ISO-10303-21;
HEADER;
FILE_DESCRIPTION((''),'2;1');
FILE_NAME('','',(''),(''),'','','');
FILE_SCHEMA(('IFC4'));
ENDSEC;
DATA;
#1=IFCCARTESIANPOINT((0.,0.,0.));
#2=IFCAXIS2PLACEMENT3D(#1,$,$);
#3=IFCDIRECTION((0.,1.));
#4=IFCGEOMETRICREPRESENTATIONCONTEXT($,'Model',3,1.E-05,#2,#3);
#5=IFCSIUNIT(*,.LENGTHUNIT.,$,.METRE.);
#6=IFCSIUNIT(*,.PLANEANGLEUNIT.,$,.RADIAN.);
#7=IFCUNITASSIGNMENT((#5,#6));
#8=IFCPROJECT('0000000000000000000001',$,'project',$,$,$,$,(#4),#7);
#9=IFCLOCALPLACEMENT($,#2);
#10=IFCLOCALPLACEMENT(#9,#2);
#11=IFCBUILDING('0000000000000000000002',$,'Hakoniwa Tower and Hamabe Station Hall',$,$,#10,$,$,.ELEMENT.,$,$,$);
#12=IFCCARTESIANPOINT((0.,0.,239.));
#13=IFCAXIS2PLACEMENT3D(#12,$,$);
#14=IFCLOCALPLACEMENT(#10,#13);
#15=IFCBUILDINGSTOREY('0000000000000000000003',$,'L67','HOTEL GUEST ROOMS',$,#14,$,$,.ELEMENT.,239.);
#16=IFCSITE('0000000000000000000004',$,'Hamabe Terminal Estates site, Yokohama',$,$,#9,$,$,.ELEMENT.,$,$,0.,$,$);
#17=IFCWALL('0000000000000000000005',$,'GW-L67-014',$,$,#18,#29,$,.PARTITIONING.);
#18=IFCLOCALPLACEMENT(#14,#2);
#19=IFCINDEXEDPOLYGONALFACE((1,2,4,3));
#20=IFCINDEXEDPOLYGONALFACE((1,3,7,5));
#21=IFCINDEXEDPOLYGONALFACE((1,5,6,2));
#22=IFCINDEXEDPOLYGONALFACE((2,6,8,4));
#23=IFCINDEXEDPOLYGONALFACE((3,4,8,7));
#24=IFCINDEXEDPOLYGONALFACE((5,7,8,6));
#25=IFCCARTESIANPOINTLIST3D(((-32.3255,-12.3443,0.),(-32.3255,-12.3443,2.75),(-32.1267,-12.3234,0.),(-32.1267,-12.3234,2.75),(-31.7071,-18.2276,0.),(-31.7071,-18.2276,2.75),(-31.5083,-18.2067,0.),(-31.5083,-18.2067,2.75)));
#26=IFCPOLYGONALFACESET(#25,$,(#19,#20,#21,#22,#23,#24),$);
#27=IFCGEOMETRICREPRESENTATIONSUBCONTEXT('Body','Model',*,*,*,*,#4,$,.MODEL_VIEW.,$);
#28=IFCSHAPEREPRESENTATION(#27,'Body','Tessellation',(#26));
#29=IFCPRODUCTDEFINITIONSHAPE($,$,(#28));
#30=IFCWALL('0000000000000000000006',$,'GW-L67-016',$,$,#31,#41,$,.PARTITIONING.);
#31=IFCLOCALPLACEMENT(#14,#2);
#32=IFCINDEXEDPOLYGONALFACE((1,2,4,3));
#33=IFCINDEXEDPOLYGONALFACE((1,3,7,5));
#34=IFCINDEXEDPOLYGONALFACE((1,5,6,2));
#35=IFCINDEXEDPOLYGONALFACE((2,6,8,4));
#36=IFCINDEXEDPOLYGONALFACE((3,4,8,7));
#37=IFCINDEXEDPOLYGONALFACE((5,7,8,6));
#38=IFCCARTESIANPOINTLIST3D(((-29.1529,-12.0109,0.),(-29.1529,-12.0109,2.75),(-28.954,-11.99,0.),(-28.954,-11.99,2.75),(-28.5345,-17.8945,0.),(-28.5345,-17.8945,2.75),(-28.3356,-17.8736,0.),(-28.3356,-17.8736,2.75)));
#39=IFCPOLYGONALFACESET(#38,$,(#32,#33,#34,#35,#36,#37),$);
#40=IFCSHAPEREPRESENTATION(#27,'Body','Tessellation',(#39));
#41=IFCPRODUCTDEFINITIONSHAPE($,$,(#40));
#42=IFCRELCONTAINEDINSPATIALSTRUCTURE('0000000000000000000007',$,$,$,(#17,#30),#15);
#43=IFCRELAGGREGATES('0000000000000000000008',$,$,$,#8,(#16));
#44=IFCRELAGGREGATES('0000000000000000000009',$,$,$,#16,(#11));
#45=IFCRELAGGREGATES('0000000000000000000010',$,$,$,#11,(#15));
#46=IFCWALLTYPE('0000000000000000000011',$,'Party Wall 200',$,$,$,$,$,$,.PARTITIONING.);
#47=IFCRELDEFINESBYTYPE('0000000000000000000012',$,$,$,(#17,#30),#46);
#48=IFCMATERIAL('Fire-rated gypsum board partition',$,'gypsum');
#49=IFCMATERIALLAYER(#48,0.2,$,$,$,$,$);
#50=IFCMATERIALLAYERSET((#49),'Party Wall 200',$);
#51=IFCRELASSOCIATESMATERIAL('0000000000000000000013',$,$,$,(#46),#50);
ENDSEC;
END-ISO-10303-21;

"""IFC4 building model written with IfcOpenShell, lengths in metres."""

from ifc_helpers import new_model, si_unit, direction, frame, frame_2d, origin, place, context, subcontext, project, spatial, rectangle, extrude, material, layer, layer_set, type_object, element, save


model = new_model("IFC4")

# Units and contexts
model_context = context("Model", 3, precision=1e-05, world=origin(), true_north=direction((0.0, 1.0)))
body_context = subcontext(model_context, "Body", "Model", "MODEL_VIEW")
ifc_project = project(units=[si_unit("LENGTHUNIT", "METRE"), si_unit("PLANEANGLEUNIT", "RADIAN")], contexts=[model_context])

# Site, building, storey
site_placement = place(None, origin())
site = spatial("IfcSite", under=ifc_project, at=site_placement, Name="Hamabe Terminal Estates site, Yokohama", CompositionType="ELEMENT", RefElevation=0.0)
building_placement = place(site_placement, origin())
building = spatial("IfcBuilding", under=site, at=building_placement, Name="Hakoniwa Tower and Hamabe Station Hall", CompositionType="ELEMENT")
storey_placement = place(building_placement, frame((0.0, 0.0, 239.0)))
storey = spatial("IfcBuildingStorey", under=building, at=storey_placement, Name="L67", Description="HOTEL GUEST ROOMS", CompositionType="ELEMENT", Elevation=239.0)

# Walls
ifc_material_1 = material(Name="Fire-rated gypsum board partition", Category="gypsum")
ifc_layer_1 = layer(ifc_material_1, 0.2)
ifc_layer_set_1 = layer_set([ifc_layer_1], Name="Party Wall 200")
wall_type_1 = type_object("IfcWallType", Name="Party Wall 200", PredefinedType="PARTITIONING", material=ifc_layer_set_1)
wall_1_placement = place(storey_placement, frame((-31.6077, -18.2173, 0.0), z_axis=(0.0, 0.0, 1.0), x_axis=(-0.104537, 0.994521, 0.0)))
element("IfcWall", 1, at=wall_1_placement, inside=storey, type_object=wall_type_1, Name="GW-L67-014", PredefinedType="PARTITIONING", context=body_context, shape_type="SweptSolid", body=[
    extrude(rectangle(XDim=5.9158, YDim=0.2, at=frame_2d((2.958, 0.0))), origin(), (0.0, 0.0, 1.0), 2.75),
])
wall_2_placement = place(storey_placement, frame((-28.4351, -17.884, 0.0), z_axis=(0.0, 0.0, 1.0), x_axis=(-0.104532, 0.994521, 0.0)))
element("IfcWall", 2, at=wall_2_placement, inside=storey, type_object=wall_type_1, Name="GW-L67-016", PredefinedType="PARTITIONING", context=body_context, shape_type="SweptSolid", body=[
    extrude(rectangle(XDim=5.916, YDim=0.2, at=frame_2d((2.958, 0.0))), origin(), (0.0, 0.0, 1.0), 2.75),
])

save(model, "model.ifc")
